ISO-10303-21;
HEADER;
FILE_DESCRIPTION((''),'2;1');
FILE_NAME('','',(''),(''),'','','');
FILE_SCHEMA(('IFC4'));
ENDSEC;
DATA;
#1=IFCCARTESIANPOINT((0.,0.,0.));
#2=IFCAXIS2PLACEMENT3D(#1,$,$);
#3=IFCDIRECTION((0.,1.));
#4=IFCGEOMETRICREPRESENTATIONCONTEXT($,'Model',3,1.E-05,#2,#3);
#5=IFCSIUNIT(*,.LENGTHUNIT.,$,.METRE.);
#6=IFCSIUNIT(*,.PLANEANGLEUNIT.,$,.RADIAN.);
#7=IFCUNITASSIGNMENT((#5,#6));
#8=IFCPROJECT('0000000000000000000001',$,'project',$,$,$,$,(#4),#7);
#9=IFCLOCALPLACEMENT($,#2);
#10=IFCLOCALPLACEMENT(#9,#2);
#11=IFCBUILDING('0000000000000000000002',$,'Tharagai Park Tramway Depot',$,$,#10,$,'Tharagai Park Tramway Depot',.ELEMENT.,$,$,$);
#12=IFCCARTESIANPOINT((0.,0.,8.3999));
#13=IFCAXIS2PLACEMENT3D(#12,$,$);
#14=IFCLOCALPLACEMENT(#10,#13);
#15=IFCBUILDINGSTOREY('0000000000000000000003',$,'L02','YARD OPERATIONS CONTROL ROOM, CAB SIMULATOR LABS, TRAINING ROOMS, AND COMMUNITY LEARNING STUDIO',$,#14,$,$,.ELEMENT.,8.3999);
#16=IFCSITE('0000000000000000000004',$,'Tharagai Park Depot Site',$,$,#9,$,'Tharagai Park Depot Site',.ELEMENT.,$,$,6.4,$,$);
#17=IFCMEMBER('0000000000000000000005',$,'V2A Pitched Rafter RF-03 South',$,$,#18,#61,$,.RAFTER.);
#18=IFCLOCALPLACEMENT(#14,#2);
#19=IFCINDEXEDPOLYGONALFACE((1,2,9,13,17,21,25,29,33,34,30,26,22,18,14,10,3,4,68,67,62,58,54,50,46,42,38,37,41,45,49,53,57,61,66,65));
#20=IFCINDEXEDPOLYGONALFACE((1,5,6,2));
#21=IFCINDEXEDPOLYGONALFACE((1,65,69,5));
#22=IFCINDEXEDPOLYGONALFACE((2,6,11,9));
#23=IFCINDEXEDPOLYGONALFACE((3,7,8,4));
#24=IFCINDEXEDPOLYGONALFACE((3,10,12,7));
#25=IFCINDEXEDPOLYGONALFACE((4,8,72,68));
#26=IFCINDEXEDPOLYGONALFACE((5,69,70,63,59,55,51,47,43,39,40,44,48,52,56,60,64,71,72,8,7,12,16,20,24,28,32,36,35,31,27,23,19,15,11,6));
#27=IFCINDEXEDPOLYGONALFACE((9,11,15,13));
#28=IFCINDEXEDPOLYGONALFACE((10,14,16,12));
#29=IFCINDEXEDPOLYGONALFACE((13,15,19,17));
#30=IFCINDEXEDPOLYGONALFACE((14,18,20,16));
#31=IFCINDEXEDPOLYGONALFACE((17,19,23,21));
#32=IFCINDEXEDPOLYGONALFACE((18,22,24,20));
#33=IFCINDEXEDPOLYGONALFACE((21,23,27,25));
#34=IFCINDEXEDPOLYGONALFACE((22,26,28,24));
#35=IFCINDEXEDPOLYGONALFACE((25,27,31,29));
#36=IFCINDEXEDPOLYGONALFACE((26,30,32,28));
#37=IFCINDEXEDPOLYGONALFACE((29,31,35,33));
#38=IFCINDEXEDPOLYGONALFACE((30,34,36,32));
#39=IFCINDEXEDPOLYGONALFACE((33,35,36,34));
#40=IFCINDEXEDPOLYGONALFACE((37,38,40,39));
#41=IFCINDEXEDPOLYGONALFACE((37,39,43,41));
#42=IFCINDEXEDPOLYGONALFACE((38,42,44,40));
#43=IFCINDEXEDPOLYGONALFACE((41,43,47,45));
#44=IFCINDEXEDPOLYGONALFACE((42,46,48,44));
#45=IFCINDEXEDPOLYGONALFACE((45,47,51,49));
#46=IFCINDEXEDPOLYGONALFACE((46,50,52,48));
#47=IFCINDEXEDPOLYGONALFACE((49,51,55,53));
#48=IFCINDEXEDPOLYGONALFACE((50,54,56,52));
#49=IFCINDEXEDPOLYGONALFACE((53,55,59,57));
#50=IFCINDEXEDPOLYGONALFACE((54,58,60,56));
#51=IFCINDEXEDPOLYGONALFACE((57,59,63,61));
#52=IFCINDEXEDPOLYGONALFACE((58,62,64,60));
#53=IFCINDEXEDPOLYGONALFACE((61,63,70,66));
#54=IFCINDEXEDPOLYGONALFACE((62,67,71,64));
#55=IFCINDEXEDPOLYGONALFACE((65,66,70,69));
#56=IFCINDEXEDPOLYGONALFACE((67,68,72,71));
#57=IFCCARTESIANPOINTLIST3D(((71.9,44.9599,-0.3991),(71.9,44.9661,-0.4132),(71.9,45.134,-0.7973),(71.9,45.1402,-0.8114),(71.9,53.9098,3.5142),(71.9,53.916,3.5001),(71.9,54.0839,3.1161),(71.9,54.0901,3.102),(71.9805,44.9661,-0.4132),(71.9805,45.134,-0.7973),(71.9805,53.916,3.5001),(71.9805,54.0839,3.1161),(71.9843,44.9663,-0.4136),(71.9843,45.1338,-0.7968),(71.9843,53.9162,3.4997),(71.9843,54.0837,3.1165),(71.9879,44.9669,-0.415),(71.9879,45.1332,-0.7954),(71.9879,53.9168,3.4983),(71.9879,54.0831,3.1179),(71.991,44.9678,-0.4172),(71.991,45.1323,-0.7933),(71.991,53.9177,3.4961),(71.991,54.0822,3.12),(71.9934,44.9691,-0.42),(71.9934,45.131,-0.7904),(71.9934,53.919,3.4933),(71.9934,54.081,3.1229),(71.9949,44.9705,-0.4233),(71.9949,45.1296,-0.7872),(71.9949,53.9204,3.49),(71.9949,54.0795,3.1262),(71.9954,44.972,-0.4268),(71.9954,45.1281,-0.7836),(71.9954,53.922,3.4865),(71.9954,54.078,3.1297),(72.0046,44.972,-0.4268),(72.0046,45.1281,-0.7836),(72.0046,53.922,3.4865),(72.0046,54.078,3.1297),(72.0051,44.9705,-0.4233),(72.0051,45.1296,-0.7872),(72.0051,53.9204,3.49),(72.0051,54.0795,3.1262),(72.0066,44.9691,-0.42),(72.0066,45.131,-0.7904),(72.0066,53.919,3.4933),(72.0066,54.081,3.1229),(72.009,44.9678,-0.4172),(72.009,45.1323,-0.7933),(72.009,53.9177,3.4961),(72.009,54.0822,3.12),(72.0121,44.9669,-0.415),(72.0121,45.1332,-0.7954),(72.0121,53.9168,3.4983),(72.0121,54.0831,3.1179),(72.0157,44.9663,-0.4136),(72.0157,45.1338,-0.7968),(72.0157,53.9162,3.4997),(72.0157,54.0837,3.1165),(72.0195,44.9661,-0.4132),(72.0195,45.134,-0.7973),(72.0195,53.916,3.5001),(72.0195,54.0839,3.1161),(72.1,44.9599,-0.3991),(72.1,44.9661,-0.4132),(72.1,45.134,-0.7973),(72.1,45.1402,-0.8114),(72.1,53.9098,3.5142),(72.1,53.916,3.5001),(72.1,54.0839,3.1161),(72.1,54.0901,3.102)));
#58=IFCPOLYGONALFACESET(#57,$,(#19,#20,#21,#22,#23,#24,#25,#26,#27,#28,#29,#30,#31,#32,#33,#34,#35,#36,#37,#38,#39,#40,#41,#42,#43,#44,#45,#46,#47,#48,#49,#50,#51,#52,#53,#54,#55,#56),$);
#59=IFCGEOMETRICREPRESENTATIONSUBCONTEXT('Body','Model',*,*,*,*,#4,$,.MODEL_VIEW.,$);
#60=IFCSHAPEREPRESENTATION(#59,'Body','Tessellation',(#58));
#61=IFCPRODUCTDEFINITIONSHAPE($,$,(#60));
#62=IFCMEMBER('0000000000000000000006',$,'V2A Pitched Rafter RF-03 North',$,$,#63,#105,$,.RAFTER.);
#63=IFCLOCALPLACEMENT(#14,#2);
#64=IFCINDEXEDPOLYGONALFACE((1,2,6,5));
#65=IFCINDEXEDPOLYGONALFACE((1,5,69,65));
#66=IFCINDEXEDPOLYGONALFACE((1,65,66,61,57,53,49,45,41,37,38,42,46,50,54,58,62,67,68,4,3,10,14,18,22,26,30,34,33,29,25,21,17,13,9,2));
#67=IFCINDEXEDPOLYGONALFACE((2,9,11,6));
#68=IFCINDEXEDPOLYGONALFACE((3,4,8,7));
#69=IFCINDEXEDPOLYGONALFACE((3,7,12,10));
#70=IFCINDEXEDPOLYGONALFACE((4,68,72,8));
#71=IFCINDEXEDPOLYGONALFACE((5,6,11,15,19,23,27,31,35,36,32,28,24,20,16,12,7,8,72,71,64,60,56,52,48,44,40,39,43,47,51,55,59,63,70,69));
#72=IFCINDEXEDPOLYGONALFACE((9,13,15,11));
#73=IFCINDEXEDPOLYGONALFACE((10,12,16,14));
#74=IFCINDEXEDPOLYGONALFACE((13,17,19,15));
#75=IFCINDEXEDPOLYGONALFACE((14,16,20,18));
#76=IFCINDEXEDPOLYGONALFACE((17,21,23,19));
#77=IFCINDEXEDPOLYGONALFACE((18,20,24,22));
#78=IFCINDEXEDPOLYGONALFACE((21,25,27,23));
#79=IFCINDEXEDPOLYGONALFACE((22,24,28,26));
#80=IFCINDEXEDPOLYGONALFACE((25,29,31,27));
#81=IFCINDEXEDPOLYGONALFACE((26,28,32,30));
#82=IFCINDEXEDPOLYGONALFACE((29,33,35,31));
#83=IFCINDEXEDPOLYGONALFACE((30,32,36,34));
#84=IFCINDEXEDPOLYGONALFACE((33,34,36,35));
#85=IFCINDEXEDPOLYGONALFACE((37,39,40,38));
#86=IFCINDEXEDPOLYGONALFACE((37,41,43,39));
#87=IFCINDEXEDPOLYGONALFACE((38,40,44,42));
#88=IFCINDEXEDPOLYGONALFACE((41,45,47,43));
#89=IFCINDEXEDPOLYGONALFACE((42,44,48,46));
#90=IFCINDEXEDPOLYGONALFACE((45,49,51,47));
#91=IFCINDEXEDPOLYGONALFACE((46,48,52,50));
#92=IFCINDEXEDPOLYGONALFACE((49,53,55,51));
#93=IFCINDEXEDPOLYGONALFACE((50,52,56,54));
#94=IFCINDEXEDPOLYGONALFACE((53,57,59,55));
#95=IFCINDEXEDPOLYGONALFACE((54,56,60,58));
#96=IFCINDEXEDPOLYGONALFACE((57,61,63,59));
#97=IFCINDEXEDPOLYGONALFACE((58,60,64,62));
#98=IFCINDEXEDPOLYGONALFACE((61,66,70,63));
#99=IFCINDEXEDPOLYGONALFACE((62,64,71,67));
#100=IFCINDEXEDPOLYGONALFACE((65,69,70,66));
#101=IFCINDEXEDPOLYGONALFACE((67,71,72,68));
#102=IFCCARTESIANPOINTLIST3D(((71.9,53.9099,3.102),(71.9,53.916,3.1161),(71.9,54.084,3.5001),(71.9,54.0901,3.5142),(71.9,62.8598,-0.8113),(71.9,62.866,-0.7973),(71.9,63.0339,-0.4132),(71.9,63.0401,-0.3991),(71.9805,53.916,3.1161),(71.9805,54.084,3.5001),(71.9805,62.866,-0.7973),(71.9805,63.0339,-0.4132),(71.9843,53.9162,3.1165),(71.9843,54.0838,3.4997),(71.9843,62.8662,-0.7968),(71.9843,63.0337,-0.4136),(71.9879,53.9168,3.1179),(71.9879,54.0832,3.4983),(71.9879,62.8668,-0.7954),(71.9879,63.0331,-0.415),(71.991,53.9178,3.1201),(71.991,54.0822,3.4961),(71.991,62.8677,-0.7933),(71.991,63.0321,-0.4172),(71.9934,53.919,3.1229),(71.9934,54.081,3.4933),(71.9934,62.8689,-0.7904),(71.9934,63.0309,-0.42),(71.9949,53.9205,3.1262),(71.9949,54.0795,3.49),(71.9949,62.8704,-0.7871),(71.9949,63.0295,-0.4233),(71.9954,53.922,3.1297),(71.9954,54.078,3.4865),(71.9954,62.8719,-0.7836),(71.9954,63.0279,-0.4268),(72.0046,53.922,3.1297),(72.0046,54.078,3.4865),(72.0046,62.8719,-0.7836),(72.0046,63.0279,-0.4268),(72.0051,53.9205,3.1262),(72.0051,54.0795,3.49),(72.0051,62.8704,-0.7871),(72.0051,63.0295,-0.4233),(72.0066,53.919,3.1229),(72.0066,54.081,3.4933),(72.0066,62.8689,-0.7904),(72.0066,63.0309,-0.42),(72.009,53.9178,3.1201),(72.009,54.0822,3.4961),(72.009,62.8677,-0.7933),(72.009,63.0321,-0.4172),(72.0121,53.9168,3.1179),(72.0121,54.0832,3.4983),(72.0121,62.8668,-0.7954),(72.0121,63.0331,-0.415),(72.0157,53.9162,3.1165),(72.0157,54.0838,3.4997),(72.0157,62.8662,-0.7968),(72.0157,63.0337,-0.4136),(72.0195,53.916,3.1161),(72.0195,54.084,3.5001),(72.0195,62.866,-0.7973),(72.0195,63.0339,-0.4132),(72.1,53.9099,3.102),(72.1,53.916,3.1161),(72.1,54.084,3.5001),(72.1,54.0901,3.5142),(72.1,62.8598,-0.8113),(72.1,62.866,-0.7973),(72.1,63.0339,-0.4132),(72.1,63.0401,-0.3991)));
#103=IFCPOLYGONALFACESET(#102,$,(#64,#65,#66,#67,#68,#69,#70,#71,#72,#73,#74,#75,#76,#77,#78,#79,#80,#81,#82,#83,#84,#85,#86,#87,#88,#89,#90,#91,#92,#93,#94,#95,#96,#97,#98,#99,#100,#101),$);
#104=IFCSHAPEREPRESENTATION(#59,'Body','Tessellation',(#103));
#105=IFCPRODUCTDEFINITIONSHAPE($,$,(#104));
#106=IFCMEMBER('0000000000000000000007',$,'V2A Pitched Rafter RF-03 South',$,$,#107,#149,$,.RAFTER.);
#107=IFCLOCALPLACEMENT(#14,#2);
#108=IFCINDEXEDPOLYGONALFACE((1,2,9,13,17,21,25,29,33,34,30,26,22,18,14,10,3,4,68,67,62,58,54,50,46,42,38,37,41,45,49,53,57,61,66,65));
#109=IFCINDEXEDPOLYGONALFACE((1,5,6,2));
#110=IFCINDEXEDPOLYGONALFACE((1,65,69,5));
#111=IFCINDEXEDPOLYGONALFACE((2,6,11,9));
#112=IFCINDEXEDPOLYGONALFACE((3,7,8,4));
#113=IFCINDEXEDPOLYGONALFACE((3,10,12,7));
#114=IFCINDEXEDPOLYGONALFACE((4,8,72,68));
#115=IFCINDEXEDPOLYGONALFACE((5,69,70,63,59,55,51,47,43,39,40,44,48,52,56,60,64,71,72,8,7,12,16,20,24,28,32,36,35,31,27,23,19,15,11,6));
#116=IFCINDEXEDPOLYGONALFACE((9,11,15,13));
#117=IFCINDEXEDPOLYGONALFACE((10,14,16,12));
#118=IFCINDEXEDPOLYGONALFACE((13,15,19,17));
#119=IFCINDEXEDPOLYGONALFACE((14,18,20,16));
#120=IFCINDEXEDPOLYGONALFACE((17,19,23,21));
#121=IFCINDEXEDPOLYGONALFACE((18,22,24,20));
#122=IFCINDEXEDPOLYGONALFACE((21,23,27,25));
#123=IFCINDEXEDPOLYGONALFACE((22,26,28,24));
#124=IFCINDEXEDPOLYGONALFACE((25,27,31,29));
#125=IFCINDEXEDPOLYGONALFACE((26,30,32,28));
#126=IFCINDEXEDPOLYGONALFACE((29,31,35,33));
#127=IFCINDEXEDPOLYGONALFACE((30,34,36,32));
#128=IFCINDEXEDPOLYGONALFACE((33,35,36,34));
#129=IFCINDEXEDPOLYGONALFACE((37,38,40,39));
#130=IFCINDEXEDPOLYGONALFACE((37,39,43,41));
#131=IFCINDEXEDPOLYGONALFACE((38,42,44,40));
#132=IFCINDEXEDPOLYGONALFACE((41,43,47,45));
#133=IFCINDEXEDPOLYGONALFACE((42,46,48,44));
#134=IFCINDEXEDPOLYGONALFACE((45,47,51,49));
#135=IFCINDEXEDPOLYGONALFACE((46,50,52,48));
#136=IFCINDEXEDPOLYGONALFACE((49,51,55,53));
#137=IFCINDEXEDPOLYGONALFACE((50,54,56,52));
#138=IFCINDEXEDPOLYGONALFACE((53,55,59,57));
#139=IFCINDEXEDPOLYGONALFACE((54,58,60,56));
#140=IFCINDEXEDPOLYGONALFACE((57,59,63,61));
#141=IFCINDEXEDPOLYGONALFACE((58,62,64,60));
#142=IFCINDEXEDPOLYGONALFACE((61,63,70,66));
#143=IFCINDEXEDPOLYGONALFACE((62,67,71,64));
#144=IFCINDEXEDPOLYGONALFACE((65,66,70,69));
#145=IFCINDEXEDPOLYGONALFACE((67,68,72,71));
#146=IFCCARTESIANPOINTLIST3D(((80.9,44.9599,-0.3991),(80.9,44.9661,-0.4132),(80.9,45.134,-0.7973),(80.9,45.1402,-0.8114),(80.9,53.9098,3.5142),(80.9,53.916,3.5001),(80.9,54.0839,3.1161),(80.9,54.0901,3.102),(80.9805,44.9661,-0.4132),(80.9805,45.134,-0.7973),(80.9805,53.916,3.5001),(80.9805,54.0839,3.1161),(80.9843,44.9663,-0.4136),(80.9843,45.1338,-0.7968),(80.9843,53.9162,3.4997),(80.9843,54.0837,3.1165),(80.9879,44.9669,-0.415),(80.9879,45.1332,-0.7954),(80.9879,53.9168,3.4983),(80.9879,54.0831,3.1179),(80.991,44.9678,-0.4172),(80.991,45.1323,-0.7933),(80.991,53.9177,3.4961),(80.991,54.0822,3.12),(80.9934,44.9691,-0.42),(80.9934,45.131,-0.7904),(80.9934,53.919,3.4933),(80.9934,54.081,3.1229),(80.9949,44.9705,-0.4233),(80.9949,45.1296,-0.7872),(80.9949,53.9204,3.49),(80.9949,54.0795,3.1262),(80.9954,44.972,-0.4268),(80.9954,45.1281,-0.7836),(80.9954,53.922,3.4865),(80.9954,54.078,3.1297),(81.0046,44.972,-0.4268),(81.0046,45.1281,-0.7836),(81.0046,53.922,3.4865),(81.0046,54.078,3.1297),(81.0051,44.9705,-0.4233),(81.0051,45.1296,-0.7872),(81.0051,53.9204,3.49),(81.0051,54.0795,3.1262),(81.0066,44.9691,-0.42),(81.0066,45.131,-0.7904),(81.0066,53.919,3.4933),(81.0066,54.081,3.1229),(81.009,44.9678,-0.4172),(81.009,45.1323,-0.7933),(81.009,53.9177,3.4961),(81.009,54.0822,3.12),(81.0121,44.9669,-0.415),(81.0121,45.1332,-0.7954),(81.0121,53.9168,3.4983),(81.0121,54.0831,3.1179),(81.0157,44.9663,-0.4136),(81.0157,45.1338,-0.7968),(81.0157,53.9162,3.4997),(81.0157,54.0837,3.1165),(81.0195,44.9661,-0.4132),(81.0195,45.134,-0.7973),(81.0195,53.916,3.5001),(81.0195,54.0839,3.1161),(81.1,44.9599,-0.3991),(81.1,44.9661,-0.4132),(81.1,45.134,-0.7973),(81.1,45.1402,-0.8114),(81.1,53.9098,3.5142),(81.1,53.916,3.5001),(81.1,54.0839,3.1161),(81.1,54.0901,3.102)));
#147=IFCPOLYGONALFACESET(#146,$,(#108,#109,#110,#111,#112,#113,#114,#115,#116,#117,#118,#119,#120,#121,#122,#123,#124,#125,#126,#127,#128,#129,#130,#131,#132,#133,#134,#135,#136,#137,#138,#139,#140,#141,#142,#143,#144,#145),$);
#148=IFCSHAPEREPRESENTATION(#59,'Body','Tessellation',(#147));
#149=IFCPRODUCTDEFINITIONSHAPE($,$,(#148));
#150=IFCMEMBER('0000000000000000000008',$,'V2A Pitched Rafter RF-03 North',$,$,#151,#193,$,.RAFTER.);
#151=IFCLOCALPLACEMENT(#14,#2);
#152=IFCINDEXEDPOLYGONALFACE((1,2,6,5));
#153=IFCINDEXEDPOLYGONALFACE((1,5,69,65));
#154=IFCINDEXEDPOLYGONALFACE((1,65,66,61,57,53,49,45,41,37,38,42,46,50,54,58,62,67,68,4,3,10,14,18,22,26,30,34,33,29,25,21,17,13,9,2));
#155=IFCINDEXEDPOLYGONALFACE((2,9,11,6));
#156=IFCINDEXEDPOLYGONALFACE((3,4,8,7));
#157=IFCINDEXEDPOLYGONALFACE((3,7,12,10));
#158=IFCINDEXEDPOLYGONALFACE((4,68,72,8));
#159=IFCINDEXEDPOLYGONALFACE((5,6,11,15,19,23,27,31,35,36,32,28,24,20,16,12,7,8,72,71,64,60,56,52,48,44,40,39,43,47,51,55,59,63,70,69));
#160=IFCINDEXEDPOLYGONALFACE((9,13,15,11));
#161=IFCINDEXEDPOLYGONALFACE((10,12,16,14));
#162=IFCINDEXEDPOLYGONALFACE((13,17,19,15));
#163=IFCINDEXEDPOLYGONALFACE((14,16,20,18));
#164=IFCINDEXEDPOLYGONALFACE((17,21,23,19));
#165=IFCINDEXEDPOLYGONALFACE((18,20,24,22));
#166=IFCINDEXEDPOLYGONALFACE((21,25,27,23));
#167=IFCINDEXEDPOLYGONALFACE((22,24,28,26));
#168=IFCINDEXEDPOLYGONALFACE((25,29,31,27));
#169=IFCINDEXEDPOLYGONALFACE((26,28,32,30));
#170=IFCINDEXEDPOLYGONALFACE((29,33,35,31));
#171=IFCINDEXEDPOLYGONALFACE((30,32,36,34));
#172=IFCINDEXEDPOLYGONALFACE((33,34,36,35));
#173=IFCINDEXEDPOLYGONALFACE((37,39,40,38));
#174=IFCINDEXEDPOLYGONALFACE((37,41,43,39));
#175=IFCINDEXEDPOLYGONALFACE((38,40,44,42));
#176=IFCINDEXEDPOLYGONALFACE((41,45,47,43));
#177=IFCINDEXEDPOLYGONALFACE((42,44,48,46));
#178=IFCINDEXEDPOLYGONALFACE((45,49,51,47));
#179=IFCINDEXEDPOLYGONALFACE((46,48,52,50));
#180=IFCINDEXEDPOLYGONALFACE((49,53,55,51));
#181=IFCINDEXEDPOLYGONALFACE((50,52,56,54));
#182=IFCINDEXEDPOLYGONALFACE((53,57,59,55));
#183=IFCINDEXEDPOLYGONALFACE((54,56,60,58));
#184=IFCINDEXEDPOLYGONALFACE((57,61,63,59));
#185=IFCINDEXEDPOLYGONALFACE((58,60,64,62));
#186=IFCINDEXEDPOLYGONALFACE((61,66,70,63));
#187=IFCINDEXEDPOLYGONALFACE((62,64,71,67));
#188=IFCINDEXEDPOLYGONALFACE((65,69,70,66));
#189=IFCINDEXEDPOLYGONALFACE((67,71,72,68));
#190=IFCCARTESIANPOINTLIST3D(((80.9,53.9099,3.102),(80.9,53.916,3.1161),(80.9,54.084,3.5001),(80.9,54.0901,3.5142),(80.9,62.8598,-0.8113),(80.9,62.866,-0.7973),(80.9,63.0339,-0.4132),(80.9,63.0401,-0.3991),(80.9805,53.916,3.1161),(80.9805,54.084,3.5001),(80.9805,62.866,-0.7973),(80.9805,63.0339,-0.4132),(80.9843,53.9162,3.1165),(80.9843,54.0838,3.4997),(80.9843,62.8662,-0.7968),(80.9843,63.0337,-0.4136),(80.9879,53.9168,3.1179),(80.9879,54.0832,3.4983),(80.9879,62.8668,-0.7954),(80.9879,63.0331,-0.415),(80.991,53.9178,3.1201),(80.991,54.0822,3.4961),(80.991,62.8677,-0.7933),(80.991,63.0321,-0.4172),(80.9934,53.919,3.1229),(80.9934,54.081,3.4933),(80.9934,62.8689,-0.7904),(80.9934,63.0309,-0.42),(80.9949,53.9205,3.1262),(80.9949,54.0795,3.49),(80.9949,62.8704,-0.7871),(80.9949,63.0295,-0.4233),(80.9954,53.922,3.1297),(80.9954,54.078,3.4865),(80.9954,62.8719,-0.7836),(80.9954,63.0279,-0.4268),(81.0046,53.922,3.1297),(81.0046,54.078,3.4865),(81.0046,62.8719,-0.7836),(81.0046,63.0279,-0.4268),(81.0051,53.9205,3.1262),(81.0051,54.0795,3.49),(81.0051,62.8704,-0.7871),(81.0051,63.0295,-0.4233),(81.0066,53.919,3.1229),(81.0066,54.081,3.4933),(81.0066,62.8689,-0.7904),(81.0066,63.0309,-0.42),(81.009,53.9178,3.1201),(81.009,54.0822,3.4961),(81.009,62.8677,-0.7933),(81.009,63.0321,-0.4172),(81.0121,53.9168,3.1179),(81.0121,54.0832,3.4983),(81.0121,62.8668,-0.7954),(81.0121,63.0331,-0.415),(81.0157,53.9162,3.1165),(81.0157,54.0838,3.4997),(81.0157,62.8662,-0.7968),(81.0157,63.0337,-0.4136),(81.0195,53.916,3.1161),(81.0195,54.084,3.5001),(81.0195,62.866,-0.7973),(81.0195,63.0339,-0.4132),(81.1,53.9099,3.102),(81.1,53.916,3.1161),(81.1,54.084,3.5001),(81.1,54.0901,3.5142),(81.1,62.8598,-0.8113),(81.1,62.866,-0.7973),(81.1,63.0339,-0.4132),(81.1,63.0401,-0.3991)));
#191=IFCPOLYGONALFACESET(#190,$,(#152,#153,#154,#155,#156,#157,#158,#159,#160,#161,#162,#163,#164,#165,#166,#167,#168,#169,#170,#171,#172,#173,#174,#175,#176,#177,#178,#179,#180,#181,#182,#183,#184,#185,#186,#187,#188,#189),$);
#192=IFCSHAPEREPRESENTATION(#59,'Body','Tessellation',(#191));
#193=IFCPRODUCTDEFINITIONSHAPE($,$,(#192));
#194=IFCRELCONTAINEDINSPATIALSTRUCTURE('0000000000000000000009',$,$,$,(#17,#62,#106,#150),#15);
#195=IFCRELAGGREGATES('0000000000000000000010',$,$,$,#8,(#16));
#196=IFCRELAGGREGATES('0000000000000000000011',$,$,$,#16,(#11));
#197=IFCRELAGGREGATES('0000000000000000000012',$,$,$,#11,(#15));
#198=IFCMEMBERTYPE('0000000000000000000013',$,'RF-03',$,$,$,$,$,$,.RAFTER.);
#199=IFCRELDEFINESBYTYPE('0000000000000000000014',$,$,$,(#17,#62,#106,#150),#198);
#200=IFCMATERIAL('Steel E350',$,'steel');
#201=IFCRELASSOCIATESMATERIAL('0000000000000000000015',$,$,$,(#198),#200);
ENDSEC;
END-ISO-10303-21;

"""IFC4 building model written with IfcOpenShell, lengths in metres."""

from ifc_helpers import new_model, si_unit, direction, frame, origin, origin_2d, place, context, subcontext, project, spatial, i_section, extrude, material, material_profile, profile_set, type_object, element, save


model = new_model("IFC4")

# Units and contexts
model_context = context("Model", 3, precision=1e-05, world=origin(), true_north=direction((0.0, 1.0)))
body_context = subcontext(model_context, "Body", "Model", "MODEL_VIEW")
ifc_project = project(units=[si_unit("LENGTHUNIT", "METRE"), si_unit("PLANEANGLEUNIT", "RADIAN")], contexts=[model_context])

# Site, building, storey
site_placement = place(None, origin())
site = spatial("IfcSite", under=ifc_project, at=site_placement, Name="Tharagai Park Depot Site", LongName="Tharagai Park Depot Site", CompositionType="ELEMENT", RefElevation=6.4)
building_placement = place(site_placement, origin())
building = spatial("IfcBuilding", under=site, at=building_placement, Name="Tharagai Park Tramway Depot", LongName="Tharagai Park Tramway Depot", CompositionType="ELEMENT")
storey_placement = place(building_placement, frame((0.0, 0.0, 8.3999)))
storey = spatial("IfcBuildingStorey", under=building, at=storey_placement, Name="L02", Description="YARD OPERATIONS CONTROL ROOM, CAB SIMULATOR LABS, TRAINING ROOMS, AND COMMUNITY LEARNING STUDIO", CompositionType="ELEMENT", Elevation=8.3999)

# Shared definitions
ifc_material_1 = material(Name="Steel E350", Category="steel")

# Members
ifc_material_profile_1 = material_profile(ifc_material_1, i_section(OverallWidth=0.2, OverallDepth=0.45, WebThickness=0.0093, FlangeThickness=0.0154, FilletRadius=0.0149, at=origin_2d()), Name="ISWB 450")
ifc_profile_set_1 = profile_set([ifc_material_profile_1], Name="Steel E350")
member_type_1 = type_object("IfcMemberType", Name="RF-03", PredefinedType="RAFTER", material=ifc_profile_set_1)
for number, where, z_axis, x_axis, name in (
    (1, (72.0, 45.05, -0.6052), (0.0, 0.916243, 0.400623), (-1.0, 0.0, 0.0), "V2A Pitched Rafter RF-03 South"),
    (2, (72.0, 54.0, 3.3081), (0.0, 0.916243, -0.400623), (-1.0, 0.0, 0.0), "V2A Pitched Rafter RF-03 North"),
    (3, (81.0, 45.05, -0.6052), (0.0, 0.916243, 0.400623), (-1.0, 0.0, 0.0), "V2A Pitched Rafter RF-03 South"),
    (4, (81.0, 54.0, 3.3081), (0.0, 0.916243, -0.400623), (-1.0, 0.0, 0.0), "V2A Pitched Rafter RF-03 North"),
):
    element("IfcMember", number, at=place(storey_placement, frame(where, z_axis=z_axis, x_axis=x_axis)), inside=storey, type_object=member_type_1, Name=name, PredefinedType="RAFTER", context=body_context, shape_type="SweptSolid", body=[
        extrude(i_section(OverallWidth=0.2, OverallDepth=0.45, WebThickness=0.0093, FlangeThickness=0.0154, FilletRadius=0.0149, at=origin_2d()), origin(), (0.0, 0.0, 1.0), 9.7681),
    ])

save(model, "model.ifc")
